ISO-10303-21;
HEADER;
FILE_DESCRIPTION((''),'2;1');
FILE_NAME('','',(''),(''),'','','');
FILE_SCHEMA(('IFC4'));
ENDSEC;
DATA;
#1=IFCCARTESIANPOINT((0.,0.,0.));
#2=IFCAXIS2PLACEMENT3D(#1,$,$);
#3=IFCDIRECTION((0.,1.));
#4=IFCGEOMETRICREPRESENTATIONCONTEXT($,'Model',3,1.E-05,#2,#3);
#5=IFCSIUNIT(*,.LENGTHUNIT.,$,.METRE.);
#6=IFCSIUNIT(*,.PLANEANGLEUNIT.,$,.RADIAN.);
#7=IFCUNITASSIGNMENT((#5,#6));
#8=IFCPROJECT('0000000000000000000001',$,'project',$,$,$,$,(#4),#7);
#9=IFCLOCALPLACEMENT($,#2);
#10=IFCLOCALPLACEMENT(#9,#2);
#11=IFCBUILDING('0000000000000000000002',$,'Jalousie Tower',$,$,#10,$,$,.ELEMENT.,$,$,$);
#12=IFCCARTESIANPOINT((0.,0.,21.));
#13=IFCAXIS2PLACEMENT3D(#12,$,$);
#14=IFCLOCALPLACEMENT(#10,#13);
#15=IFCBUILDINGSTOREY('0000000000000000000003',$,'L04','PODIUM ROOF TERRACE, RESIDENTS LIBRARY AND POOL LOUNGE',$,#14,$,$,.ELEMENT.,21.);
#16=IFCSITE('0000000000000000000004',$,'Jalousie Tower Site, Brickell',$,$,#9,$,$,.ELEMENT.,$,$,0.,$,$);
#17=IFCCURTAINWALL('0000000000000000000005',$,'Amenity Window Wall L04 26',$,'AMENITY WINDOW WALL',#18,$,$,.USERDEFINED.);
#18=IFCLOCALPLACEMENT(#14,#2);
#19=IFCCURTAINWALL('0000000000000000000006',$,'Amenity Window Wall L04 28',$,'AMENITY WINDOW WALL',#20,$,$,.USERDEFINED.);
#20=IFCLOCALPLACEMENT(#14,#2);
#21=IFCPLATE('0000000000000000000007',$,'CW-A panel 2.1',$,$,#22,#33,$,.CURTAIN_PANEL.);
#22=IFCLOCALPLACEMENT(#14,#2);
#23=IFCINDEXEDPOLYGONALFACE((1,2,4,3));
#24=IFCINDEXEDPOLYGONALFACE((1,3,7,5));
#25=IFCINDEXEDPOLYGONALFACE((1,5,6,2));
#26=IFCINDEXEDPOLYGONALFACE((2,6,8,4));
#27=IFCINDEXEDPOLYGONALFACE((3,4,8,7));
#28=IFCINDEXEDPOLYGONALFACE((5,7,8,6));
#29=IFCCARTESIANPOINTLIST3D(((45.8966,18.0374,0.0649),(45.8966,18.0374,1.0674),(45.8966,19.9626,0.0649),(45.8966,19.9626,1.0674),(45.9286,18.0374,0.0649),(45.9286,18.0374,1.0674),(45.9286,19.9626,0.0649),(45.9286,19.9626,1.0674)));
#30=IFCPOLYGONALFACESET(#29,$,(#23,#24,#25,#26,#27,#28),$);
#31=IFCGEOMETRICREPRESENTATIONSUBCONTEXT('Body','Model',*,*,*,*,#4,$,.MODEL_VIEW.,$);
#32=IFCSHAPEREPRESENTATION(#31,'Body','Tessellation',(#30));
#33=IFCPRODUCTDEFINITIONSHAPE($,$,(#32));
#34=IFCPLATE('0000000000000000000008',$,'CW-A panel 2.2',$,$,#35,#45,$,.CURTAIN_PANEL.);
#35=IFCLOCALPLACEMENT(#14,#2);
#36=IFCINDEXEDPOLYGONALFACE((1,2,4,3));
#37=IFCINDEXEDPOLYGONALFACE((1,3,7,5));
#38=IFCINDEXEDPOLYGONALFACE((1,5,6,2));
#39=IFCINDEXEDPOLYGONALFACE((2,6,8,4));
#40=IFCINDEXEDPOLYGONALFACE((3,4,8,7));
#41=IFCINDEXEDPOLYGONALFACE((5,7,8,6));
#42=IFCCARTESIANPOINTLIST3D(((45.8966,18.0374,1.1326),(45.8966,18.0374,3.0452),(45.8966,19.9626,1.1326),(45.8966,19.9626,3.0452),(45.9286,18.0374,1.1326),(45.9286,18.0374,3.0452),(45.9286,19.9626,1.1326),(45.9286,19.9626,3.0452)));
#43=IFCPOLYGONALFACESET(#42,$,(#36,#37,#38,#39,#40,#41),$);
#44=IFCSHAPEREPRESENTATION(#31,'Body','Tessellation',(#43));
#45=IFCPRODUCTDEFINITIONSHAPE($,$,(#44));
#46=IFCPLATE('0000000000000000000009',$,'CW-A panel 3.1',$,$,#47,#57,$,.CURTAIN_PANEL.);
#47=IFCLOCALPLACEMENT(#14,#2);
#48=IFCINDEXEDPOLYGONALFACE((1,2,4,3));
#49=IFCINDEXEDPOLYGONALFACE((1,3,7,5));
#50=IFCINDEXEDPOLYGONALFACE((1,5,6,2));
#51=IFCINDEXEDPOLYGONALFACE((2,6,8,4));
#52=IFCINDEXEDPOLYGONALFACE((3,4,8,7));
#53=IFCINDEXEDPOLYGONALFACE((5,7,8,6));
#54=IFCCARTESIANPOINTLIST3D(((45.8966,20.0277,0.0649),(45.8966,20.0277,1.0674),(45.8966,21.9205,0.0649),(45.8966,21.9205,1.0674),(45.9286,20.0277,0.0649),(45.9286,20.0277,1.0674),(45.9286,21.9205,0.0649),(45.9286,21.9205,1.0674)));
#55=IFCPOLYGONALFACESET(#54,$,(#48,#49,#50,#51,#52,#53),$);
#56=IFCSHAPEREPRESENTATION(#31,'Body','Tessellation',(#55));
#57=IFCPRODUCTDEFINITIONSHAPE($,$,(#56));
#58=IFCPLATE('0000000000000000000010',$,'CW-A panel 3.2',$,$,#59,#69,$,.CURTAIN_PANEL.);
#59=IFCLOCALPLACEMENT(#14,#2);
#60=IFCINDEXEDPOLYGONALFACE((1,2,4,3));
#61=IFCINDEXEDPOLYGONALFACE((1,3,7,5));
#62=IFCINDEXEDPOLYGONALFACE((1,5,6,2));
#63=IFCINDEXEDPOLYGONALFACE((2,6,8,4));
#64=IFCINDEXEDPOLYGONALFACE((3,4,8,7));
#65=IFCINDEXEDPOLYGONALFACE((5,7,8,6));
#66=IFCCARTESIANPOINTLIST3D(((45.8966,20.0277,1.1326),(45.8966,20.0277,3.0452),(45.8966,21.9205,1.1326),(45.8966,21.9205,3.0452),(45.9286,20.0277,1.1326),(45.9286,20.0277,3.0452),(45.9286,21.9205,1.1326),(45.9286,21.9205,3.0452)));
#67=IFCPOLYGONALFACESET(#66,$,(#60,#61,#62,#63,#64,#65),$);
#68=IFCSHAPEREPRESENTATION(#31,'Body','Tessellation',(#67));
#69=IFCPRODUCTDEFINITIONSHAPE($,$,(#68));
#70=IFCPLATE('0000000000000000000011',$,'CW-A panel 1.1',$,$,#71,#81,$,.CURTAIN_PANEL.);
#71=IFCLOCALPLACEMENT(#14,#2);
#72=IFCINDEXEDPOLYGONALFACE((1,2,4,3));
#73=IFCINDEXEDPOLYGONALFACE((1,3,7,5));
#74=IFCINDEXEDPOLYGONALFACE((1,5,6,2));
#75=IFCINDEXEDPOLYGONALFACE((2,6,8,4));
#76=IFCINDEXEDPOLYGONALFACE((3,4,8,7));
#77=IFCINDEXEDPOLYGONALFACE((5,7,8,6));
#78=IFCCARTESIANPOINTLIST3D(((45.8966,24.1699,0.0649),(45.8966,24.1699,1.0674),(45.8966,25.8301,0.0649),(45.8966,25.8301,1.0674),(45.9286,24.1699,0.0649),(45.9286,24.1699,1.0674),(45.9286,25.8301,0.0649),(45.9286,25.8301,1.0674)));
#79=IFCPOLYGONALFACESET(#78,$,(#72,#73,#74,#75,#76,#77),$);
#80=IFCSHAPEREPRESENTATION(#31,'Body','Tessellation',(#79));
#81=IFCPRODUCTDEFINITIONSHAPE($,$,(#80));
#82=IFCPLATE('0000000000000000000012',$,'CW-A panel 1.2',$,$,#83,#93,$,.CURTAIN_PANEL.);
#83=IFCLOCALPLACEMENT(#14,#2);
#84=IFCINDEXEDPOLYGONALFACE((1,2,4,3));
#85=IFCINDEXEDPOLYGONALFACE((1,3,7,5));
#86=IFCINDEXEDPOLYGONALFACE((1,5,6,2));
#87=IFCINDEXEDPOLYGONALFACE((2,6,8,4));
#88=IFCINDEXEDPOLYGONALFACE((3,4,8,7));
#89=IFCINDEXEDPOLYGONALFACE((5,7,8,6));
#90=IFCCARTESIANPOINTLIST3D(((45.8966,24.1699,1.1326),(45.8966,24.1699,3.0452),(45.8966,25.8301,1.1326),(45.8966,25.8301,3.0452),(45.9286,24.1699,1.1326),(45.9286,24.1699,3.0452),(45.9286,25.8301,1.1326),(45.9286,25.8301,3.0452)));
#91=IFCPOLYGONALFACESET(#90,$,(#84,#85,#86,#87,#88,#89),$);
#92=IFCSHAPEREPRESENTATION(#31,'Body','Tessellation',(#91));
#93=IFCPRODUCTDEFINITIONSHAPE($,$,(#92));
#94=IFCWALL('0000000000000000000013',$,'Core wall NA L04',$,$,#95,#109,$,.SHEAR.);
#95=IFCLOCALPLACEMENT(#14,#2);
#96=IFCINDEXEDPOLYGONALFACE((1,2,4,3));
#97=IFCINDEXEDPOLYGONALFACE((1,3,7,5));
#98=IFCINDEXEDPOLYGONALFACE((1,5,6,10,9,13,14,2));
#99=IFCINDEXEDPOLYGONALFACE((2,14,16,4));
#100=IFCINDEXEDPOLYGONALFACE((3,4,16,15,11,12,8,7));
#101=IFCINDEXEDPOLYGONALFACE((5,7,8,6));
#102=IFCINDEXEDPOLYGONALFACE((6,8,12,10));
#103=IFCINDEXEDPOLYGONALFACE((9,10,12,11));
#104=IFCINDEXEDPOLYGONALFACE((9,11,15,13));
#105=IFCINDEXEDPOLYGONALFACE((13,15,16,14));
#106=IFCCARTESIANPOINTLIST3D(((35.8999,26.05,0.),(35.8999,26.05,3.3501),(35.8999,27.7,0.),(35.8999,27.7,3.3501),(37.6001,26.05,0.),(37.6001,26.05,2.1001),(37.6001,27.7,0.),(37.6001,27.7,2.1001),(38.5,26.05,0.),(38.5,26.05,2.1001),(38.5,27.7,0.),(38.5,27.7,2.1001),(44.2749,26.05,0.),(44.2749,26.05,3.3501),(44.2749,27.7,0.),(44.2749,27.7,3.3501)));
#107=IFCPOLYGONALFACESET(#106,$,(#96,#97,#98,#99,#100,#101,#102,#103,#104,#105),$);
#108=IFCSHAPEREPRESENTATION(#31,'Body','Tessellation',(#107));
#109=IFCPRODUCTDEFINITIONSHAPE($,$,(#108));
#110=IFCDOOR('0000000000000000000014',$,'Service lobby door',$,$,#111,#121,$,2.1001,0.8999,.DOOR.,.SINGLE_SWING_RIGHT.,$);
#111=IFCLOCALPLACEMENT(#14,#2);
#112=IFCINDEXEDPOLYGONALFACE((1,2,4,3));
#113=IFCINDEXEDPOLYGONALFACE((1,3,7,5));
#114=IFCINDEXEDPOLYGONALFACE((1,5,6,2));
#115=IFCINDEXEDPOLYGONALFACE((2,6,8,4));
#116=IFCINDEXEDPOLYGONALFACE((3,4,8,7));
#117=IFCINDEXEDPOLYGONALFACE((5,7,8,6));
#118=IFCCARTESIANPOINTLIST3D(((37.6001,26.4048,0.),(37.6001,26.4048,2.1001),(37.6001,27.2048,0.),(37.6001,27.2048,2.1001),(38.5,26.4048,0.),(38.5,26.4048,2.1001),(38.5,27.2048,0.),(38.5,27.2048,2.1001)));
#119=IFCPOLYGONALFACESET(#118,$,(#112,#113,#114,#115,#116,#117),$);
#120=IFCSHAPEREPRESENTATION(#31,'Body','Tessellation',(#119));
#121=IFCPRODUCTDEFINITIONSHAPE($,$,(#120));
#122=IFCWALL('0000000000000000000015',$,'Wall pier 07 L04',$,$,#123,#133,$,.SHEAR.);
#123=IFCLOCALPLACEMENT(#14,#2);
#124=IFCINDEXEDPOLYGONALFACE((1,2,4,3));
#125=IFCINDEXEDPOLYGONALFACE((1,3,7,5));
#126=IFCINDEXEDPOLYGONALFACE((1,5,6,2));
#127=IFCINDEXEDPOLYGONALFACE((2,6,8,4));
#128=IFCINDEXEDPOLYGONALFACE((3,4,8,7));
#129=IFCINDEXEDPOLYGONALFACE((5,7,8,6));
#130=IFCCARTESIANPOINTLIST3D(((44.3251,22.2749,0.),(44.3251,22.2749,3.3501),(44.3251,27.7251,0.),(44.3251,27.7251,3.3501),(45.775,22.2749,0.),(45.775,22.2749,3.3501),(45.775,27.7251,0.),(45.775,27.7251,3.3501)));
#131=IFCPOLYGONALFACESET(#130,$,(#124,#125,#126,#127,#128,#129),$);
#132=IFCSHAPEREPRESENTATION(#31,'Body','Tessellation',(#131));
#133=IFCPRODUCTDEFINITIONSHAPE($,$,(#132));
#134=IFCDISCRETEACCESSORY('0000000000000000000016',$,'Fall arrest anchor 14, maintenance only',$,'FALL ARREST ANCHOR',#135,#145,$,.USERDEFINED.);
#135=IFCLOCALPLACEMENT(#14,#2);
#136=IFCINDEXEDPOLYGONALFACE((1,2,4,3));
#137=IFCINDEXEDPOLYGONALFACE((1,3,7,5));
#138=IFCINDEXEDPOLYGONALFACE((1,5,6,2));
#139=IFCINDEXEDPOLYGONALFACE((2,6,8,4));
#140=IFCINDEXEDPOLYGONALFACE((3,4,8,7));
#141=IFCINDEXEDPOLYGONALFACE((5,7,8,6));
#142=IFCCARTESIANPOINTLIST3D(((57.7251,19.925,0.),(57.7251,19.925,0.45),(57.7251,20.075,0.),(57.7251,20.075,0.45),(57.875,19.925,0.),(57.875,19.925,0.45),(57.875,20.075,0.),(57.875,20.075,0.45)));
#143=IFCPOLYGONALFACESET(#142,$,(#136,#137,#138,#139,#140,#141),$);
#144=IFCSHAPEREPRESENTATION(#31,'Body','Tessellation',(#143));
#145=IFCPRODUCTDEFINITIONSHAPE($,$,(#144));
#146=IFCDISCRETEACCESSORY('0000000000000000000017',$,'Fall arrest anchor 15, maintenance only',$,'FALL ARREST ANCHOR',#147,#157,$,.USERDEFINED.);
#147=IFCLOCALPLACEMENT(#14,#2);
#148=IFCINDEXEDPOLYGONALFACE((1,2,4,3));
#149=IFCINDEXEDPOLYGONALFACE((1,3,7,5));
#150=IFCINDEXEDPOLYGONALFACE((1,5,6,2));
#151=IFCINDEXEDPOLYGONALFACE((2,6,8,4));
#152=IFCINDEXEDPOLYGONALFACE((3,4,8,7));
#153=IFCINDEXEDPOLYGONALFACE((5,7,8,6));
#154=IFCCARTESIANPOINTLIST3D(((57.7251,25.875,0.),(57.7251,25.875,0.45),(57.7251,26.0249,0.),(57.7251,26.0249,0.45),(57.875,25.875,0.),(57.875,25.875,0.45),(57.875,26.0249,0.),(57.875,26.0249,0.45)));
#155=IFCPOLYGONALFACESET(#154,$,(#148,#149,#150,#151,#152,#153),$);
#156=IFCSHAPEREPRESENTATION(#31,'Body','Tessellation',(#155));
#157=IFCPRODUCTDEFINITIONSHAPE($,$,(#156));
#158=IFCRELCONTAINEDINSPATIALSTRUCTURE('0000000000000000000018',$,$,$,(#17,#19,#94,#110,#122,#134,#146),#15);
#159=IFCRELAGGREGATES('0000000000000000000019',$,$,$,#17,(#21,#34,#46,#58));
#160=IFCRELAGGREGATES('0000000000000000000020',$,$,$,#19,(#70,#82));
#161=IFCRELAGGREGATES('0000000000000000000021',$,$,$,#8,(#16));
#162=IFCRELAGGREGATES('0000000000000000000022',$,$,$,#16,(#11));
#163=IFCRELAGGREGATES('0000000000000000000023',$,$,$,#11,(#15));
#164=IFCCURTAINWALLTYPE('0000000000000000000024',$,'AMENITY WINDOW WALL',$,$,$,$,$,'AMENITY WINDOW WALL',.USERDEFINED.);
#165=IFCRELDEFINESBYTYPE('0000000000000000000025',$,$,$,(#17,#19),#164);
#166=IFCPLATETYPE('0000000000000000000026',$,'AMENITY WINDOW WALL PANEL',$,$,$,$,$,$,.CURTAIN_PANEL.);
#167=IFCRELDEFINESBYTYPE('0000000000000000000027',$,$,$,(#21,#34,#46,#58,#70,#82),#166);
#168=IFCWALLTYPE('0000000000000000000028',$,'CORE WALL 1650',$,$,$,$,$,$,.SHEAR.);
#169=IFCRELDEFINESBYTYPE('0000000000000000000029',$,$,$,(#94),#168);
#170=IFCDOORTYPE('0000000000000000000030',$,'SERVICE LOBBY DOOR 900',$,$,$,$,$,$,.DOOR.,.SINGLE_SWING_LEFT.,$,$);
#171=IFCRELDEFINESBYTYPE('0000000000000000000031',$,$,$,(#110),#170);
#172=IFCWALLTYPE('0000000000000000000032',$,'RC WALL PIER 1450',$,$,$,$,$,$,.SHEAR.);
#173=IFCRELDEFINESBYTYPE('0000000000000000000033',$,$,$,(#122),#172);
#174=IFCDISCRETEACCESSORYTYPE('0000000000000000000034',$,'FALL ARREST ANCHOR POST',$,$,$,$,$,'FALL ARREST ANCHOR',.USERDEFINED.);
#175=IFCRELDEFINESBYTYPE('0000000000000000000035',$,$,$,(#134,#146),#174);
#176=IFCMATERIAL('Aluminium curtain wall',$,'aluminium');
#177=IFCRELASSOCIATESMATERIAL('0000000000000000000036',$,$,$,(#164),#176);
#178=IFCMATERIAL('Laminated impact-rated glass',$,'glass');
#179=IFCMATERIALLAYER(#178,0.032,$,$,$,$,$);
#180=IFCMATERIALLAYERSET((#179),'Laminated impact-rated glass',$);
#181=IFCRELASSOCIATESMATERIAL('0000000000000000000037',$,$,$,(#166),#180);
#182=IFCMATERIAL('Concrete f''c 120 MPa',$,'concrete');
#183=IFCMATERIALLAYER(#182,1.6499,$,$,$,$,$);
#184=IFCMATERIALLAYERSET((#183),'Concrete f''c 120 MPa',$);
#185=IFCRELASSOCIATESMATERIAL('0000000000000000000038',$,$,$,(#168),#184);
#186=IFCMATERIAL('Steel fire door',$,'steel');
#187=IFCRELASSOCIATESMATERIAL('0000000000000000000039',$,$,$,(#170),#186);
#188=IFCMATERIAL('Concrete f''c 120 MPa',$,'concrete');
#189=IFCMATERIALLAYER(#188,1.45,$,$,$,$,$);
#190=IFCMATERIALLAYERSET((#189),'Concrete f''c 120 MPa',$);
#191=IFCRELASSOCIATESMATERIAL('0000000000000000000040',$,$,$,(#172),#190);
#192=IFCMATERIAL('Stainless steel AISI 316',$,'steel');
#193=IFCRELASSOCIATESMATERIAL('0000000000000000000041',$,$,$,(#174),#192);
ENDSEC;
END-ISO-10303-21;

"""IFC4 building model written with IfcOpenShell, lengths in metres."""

from ifc_helpers import new_model, si_unit, direction, frame, frame_2d, origin, origin_2d, place, context, subcontext, project, spatial, rectangle, extrude, material, layer, layer_set, type_object, element, fill, aggregate, save


model = new_model("IFC4")

# Units and contexts
model_context = context("Model", 3, precision=1e-05, world=origin(), true_north=direction((0.0, 1.0)))
body_context = subcontext(model_context, "Body", "Model", "MODEL_VIEW")
ifc_project = project(units=[si_unit("LENGTHUNIT", "METRE"), si_unit("PLANEANGLEUNIT", "RADIAN")], contexts=[model_context])

# Site, building, storey
site_placement = place(None, origin())
site = spatial("IfcSite", under=ifc_project, at=site_placement, Name="Jalousie Tower Site, Brickell", CompositionType="ELEMENT", RefElevation=0.0)
building_placement = place(site_placement, origin())
building = spatial("IfcBuilding", under=site, at=building_placement, Name="Jalousie Tower", CompositionType="ELEMENT")
storey_placement = place(building_placement, frame((0.0, 0.0, 21.0)))
storey = spatial("IfcBuildingStorey", under=building, at=storey_placement, Name="L04", Description="PODIUM ROOF TERRACE, RESIDENTS LIBRARY AND POOL LOUNGE", CompositionType="ELEMENT", Elevation=21.0)

# Curtain walls
ifc_material_1 = material(Name="Aluminium curtain wall", Category="aluminium")
curtain_wall_type_1 = type_object("IfcCurtainWallType", Name="AMENITY WINDOW WALL", ElementType="AMENITY WINDOW WALL", PredefinedType="USERDEFINED", material=ifc_material_1)
curtain_wall_1_placement = place(storey_placement, origin())
curtain_wall_1 = element("IfcCurtainWall", 1, at=curtain_wall_1_placement, inside=storey, type_object=curtain_wall_type_1, Name="Amenity Window Wall L04 26", ObjectType="AMENITY WINDOW WALL", PredefinedType="USERDEFINED")
curtain_wall_2_placement = place(storey_placement, origin())
curtain_wall_2 = element("IfcCurtainWall", 2, at=curtain_wall_2_placement, inside=storey, type_object=curtain_wall_type_1, Name="Amenity Window Wall L04 28", ObjectType="AMENITY WINDOW WALL", PredefinedType="USERDEFINED")

# Plates
ifc_material_2 = material(Name="Laminated impact-rated glass", Category="glass")
ifc_layer_1 = layer(ifc_material_2, 0.032)
ifc_layer_set_1 = layer_set([ifc_layer_1], Name="Laminated impact-rated glass")
plate_type_1 = type_object("IfcPlateType", Name="AMENITY WINDOW WALL PANEL", PredefinedType="CURTAIN_PANEL", material=ifc_layer_set_1)
plate_1_placement = place(storey_placement, frame((45.9126, 19.0, 0.0649), z_axis=(0.0, 0.0, 1.0), x_axis=(0.0, 1.0, 0.0)))
plate_1 = element("IfcPlate", 3, at=plate_1_placement, type_object=plate_type_1, Name="CW-A panel 2.1", PredefinedType="CURTAIN_PANEL", context=body_context, shape_type="SweptSolid", body=[
    extrude(rectangle(XDim=1.9253, YDim=0.032, at=origin_2d()), origin(), (0.0, 0.0, 1.0), 1.0024),
])
plate_2_placement = place(storey_placement, frame((45.9126, 19.0, 1.1326), z_axis=(0.0, 0.0, 1.0), x_axis=(0.0, 1.0, 0.0)))
plate_2 = element("IfcPlate", 4, at=plate_2_placement, type_object=plate_type_1, Name="CW-A panel 2.2", PredefinedType="CURTAIN_PANEL", context=body_context, shape_type="SweptSolid", body=[
    extrude(rectangle(XDim=1.9253, YDim=0.032, at=origin_2d()), origin(), (0.0, 0.0, 1.0), 1.9126),
])
plate_3_placement = place(storey_placement, frame((45.9126, 20.9741, 0.0649), z_axis=(0.0, 0.0, 1.0), x_axis=(0.0, 1.0, 0.0)))
plate_3 = element("IfcPlate", 5, at=plate_3_placement, type_object=plate_type_1, Name="CW-A panel 3.1", PredefinedType="CURTAIN_PANEL", context=body_context, shape_type="SweptSolid", body=[
    extrude(rectangle(XDim=1.8928, YDim=0.032, at=origin_2d()), origin(), (0.0, 0.0, 1.0), 1.0024),
])
plate_4_placement = place(storey_placement, frame((45.9126, 20.9741, 1.1326), z_axis=(0.0, 0.0, 1.0), x_axis=(0.0, 1.0, 0.0)))
plate_4 = element("IfcPlate", 6, at=plate_4_placement, type_object=plate_type_1, Name="CW-A panel 3.2", PredefinedType="CURTAIN_PANEL", context=body_context, shape_type="SweptSolid", body=[
    extrude(rectangle(XDim=1.8928, YDim=0.032, at=origin_2d()), origin(), (0.0, 0.0, 1.0), 1.9126),
])
aggregate(curtain_wall_1, [plate_1, plate_2, plate_3, plate_4])
plate_5_placement = place(storey_placement, frame((45.9126, 25.0, 0.0649), z_axis=(0.0, 0.0, 1.0), x_axis=(0.0, 1.0, 0.0)))
plate_5 = element("IfcPlate", 7, at=plate_5_placement, type_object=plate_type_1, Name="CW-A panel 1.1", PredefinedType="CURTAIN_PANEL", context=body_context, shape_type="SweptSolid", body=[
    extrude(rectangle(XDim=1.6602, YDim=0.032, at=origin_2d()), origin(), (0.0, 0.0, 1.0), 1.0024),
])
plate_6_placement = place(storey_placement, frame((45.9126, 25.0, 1.1326), z_axis=(0.0, 0.0, 1.0), x_axis=(0.0, 1.0, 0.0)))
plate_6 = element("IfcPlate", 8, at=plate_6_placement, type_object=plate_type_1, Name="CW-A panel 1.2", PredefinedType="CURTAIN_PANEL", context=body_context, shape_type="SweptSolid", body=[
    extrude(rectangle(XDim=1.6602, YDim=0.032, at=origin_2d()), origin(), (0.0, 0.0, 1.0), 1.9126),
])
aggregate(curtain_wall_2, [plate_5, plate_6])

# Wall, opening, door
ifc_material_3 = material(Name="Concrete f'c 120 MPa", Category="concrete")
ifc_layer_2 = layer(ifc_material_3, 1.6499)
ifc_layer_set_2 = layer_set([ifc_layer_2], Name="Concrete f'c 120 MPa")
wall_type_1 = type_object("IfcWallType", Name="CORE WALL 1650", PredefinedType="SHEAR", material=ifc_layer_set_2)
wall_1_placement = place(storey_placement, frame((44.2749, 26.875, 0.0), z_axis=(0.0, 0.0, 1.0), x_axis=(-1.0, 0.0, 0.0)))
wall_1 = element("IfcWall", 9, at=wall_1_placement, inside=storey, type_object=wall_type_1, Name="Core wall NA L04", PredefinedType="SHEAR", context=body_context, shape_type="SweptSolid", body=[
    extrude(rectangle(XDim=8.375, YDim=1.6499, at=frame_2d((4.1875, 0.0))), origin(), (0.0, 0.0, 1.0), 3.3501),
])
opening_placement = place(wall_1_placement, frame((5.7749, 0.0, 0.0)))
opening = element("IfcOpeningElement", 10, at=opening_placement, cuts=wall_1, PredefinedType="OPENING", context=body_context, shape_type="SweptSolid", body=[
    extrude(rectangle(XDim=0.8999, YDim=2.1001, at=frame_2d((0.45, 1.05))), frame((0.0, 0.835, 0.0), z_axis=(0.0, -1.0, 0.0), x_axis=(1.0, 0.0, 0.0)), (0.0, 0.0, 1.0), 1.6699),
])
ifc_material_4 = material(Name="Steel fire door", Category="steel")
door_type = type_object("IfcDoorType", Name="SERVICE LOBBY DOOR 900", OperationType="SINGLE_SWING_LEFT", PredefinedType="DOOR", material=ifc_material_4)
door_placement = place(opening_placement, origin())
door = element("IfcDoor", 11, at=door_placement, inside=storey, type_object=door_type, Name="Service lobby door", OperationType="SINGLE_SWING_RIGHT", OverallHeight=2.1001, OverallWidth=0.8999, PredefinedType="DOOR", context=body_context, shape_type="SweptSolid", body=[
    extrude(rectangle(XDim=0.8999, YDim=2.1001, at=frame_2d((0.45, 1.05))), frame((0.0, 0.4702, 0.0), z_axis=(0.0, -1.0, 0.0), x_axis=(1.0, 0.0, 0.0)), (0.0, 0.0, 1.0), 0.8),
])
fill(opening, door)

# Wall
ifc_material_5 = material(Name="Concrete f'c 120 MPa", Category="concrete")
ifc_layer_3 = layer(ifc_material_5, 1.45)
ifc_layer_set_3 = layer_set([ifc_layer_3], Name="Concrete f'c 120 MPa")
wall_type_2 = type_object("IfcWallType", Name="RC WALL PIER 1450", PredefinedType="SHEAR", material=ifc_layer_set_3)
wall_2_placement = place(storey_placement, frame((45.05, 22.2749, 0.0), z_axis=(0.0, 0.0, 1.0), x_axis=(0.0, 1.0, 0.0)))
element("IfcWall", 12, at=wall_2_placement, inside=storey, type_object=wall_type_2, Name="Wall pier 07 L04", PredefinedType="SHEAR", context=body_context, shape_type="SweptSolid", body=[
    extrude(rectangle(XDim=5.4502, YDim=1.45, at=frame_2d((2.7251, 0.0))), origin(), (0.0, 0.0, 1.0), 3.3501),
])

# Discrete accessories
ifc_material_6 = material(Name="Stainless steel AISI 316", Category="steel")
discrete_accessory_type = type_object("IfcDiscreteAccessoryType", Name="FALL ARREST ANCHOR POST", ElementType="FALL ARREST ANCHOR", PredefinedType="USERDEFINED", material=ifc_material_6)
for number, where, z_axis, x_axis, name in (
    (13, (57.8, 20.0, 0.0), (0.0, 0.0, 1.0), (1.0, 0.0, 0.0), "Fall arrest anchor 14, maintenance only"),
    (14, (57.8, 25.95, 0.0), (0.0, 0.0, 1.0), (1.0, 0.0, 0.0), "Fall arrest anchor 15, maintenance only"),
):
    element("IfcDiscreteAccessory", number, at=place(storey_placement, frame(where, z_axis=z_axis, x_axis=x_axis)), inside=storey, type_object=discrete_accessory_type, Name=name, ObjectType="FALL ARREST ANCHOR", PredefinedType="USERDEFINED", context=body_context, shape_type="SweptSolid", body=[
        extrude(rectangle(XDim=0.1499, YDim=0.1499, at=origin_2d()), origin(), (0.0, 0.0, 1.0), 0.45),
    ])

save(model, "model.ifc")
